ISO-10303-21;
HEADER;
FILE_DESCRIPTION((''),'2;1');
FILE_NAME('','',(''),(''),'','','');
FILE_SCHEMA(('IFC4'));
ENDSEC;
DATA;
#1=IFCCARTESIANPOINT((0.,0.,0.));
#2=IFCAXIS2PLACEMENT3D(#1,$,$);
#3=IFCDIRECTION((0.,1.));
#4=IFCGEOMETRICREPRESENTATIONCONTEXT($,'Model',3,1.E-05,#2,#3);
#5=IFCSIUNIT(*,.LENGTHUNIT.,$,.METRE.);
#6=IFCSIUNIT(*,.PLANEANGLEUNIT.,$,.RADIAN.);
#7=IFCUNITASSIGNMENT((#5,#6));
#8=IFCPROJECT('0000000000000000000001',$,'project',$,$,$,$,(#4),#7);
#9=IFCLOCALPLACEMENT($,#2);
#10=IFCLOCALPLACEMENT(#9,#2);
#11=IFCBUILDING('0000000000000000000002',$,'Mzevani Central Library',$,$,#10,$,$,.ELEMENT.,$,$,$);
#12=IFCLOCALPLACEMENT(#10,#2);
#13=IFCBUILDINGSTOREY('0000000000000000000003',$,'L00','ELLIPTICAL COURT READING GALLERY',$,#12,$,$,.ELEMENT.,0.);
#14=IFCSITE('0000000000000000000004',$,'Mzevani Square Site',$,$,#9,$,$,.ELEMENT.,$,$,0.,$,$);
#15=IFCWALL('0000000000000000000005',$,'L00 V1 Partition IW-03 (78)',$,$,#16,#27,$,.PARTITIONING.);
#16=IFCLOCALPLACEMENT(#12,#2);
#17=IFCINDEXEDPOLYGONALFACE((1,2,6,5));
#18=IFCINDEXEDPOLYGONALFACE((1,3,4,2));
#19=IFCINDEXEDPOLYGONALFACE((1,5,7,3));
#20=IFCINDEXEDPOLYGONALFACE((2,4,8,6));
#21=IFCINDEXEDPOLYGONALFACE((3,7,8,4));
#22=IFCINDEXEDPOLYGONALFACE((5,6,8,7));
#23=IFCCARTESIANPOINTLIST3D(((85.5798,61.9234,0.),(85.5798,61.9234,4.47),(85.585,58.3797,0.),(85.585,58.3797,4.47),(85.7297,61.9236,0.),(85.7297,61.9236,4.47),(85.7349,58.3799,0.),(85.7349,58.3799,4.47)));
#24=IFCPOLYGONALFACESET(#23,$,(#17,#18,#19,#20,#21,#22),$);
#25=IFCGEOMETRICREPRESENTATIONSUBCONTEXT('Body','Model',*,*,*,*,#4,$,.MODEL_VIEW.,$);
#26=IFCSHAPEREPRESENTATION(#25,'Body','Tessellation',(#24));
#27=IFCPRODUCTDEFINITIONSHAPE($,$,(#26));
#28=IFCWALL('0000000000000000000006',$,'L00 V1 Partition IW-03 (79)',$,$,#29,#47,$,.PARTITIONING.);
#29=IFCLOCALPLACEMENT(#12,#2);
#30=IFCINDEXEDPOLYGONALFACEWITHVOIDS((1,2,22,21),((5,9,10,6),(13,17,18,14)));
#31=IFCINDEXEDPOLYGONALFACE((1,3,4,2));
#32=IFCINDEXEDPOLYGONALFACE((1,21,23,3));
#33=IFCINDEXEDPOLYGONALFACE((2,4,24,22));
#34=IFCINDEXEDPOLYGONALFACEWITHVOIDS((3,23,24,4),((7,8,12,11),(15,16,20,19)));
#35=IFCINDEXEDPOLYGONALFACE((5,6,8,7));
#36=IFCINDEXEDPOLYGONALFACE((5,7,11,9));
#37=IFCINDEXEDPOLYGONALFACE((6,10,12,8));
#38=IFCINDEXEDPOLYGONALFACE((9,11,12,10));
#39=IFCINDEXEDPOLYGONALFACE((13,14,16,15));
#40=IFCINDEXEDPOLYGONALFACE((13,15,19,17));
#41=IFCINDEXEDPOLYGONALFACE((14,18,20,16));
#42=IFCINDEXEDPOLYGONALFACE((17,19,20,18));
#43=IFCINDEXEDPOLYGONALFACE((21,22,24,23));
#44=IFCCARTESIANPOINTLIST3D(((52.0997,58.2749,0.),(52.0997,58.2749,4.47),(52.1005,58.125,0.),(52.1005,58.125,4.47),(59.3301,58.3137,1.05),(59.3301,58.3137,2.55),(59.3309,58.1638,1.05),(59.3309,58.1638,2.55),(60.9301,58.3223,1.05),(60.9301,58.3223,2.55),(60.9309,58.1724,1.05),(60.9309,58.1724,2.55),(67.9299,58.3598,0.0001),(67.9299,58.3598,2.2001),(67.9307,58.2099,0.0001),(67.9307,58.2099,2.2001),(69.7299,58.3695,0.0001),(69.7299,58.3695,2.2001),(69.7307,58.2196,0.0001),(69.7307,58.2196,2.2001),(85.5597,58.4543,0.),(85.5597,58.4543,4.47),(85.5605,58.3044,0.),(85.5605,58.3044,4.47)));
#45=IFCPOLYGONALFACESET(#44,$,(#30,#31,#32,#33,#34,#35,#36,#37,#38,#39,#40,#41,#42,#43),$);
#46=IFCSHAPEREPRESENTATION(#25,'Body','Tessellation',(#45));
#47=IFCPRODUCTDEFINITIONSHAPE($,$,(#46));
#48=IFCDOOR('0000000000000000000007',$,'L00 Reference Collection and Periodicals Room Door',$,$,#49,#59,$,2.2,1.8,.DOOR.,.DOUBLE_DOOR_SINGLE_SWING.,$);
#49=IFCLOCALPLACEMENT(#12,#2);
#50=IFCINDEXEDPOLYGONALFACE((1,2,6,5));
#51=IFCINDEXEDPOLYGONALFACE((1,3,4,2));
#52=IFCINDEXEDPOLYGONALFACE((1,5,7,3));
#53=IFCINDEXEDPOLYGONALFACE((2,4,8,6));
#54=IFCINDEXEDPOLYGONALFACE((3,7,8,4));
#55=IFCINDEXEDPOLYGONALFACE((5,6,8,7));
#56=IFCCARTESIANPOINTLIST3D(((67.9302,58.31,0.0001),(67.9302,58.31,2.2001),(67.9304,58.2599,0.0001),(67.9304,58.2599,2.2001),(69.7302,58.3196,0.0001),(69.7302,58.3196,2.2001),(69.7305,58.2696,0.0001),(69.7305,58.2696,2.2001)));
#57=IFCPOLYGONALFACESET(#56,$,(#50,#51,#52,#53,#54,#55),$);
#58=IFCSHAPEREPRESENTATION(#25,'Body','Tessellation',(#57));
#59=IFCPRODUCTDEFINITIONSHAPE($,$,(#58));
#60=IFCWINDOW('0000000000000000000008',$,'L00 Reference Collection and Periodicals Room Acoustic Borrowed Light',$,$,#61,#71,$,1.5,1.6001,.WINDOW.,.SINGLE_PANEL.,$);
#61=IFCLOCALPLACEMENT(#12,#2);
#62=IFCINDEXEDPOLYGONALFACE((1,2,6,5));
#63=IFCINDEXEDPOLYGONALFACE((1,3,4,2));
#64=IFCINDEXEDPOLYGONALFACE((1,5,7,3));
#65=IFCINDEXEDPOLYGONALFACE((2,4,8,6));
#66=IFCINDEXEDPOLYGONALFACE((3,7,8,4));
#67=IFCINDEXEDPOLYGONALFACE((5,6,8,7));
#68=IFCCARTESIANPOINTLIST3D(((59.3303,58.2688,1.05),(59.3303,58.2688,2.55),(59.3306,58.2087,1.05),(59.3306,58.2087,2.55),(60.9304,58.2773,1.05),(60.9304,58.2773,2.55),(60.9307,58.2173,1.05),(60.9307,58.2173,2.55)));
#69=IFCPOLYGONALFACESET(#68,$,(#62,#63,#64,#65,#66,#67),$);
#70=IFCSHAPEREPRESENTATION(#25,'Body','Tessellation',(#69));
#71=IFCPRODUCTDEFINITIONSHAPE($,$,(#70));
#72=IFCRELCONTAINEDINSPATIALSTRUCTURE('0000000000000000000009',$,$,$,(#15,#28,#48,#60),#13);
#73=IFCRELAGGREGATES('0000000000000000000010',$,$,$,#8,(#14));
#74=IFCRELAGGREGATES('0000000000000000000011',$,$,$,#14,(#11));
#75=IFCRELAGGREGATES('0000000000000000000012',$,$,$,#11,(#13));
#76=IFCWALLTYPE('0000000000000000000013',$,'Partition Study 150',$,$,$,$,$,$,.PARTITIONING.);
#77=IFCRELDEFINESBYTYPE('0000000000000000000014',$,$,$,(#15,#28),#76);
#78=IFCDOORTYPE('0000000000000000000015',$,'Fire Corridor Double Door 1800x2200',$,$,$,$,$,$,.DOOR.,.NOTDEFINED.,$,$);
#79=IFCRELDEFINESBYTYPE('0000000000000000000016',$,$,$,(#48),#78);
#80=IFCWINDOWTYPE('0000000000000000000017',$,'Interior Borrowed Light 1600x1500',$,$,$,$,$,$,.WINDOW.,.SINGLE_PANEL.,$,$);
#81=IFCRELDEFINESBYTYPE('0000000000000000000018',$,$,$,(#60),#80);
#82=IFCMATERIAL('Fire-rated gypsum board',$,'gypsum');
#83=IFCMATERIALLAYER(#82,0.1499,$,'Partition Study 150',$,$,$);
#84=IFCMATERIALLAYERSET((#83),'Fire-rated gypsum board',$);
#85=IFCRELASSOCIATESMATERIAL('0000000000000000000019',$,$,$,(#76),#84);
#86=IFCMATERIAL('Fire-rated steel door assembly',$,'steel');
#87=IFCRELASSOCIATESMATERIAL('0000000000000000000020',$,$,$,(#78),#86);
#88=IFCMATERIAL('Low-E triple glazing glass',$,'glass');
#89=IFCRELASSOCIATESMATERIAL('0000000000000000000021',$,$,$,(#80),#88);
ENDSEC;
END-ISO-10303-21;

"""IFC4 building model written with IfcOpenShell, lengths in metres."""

from ifc_helpers import new_model, si_unit, direction, frame, frame_2d, origin, place, context, subcontext, project, spatial, rectangle, extrude, material, layer, layer_set, type_object, element, fill, save


model = new_model("IFC4")

# Units and contexts
model_context = context("Model", 3, precision=1e-05, world=origin(), true_north=direction((0.0, 1.0)))
body_context = subcontext(model_context, "Body", "Model", "MODEL_VIEW")
ifc_project = project(units=[si_unit("LENGTHUNIT", "METRE"), si_unit("PLANEANGLEUNIT", "RADIAN")], contexts=[model_context])

# Site, building, storey
site_placement = place(None, origin())
site = spatial("IfcSite", under=ifc_project, at=site_placement, Name="Mzevani Square Site", CompositionType="ELEMENT", RefElevation=0.0)
building_placement = place(site_placement, origin())
building = spatial("IfcBuilding", under=site, at=building_placement, Name="Mzevani Central Library", CompositionType="ELEMENT")
storey_placement = place(building_placement, origin())
storey = spatial("IfcBuildingStorey", under=building, at=storey_placement, Name="L00", Description="ELLIPTICAL COURT READING GALLERY", CompositionType="ELEMENT", Elevation=0.0)

# Shared definitions
ifc_material_1 = material(Name="Low-E triple glazing glass", Category="glass")

# Wall
ifc_material_2 = material(Name="Fire-rated gypsum board", Category="gypsum")
ifc_layer_1 = layer(ifc_material_2, 0.1499, Name="Partition Study 150")
ifc_layer_set_1 = layer_set([ifc_layer_1], Name="Fire-rated gypsum board")
wall_type_1 = type_object("IfcWallType", Name="Partition Study 150", PredefinedType="PARTITIONING", material=ifc_layer_set_1)
wall_1_placement = place(storey_placement, frame((85.6548, 61.9236, 0.0), z_axis=(0.0, 0.0, 1.0), x_axis=(0.001447, -0.999999, 0.0)))
element("IfcWall", 1, at=wall_1_placement, inside=storey, type_object=wall_type_1, Name="L00 V1 Partition IW-03 (78)", PredefinedType="PARTITIONING", context=body_context, shape_type="SweptSolid", body=[
    extrude(rectangle(XDim=3.5437, YDim=0.1499, at=frame_2d((1.772, 0.0))), origin(), (0.0, 0.0, 1.0), 4.47),
])

# Wall, openings, door, window
wall_2_placement = place(storey_placement, frame((85.5601, 58.3794, 0.0), z_axis=(0.0, 0.0, 1.0), x_axis=(-0.999986, -0.005363, 0.0)))
wall_2 = element("IfcWall", 2, at=wall_2_placement, inside=storey, type_object=wall_type_1, Name="L00 V1 Partition IW-03 (79)", PredefinedType="PARTITIONING", context=body_context, shape_type="SweptSolid", body=[
    extrude(rectangle(XDim=33.4604, YDim=0.1499, at=frame_2d((16.7302, 0.0))), origin(), (0.0, 0.0, 1.0), 4.47),
])
opening_1_placement = place(wall_2_placement, frame((15.8301, 0.0, 0.0)))
opening_1 = element("IfcOpeningElement", 3, at=opening_1_placement, cuts=wall_2, PredefinedType="OPENING", context=body_context, shape_type="SweptSolid", body=[
    extrude(rectangle(XDim=1.8, YDim=2.2, at=frame_2d((0.8999, 1.1001))), frame((0.0, 0.085, 0.0), z_axis=(0.0, -1.0, 0.0), x_axis=(1.0, 0.0, 0.0)), (0.0, 0.0, 1.0), 0.1699),
])
opening_2_placement = place(wall_2_placement, frame((24.6299, 0.0, 1.05)))
opening_2 = element("IfcOpeningElement", 4, at=opening_2_placement, cuts=wall_2, PredefinedType="OPENING", context=body_context, shape_type="SweptSolid", body=[
    extrude(rectangle(XDim=1.6001, YDim=1.5, at=frame_2d((0.8, 0.75))), frame((0.0, 0.085, 0.0), z_axis=(0.0, -1.0, 0.0), x_axis=(1.0, 0.0, 0.0)), (0.0, 0.0, 1.0), 0.1699),
])
ifc_material_3 = material(Name="Fire-rated steel door assembly", Category="steel")
door_type = type_object("IfcDoorType", Name="Fire Corridor Double Door 1800x2200", OperationType="NOTDEFINED", PredefinedType="DOOR", material=ifc_material_3)
door_placement = place(opening_1_placement, origin())
door = element("IfcDoor", 5, at=door_placement, inside=storey, type_object=door_type, Name="L00 Reference Collection and Periodicals Room Door", OperationType="DOUBLE_DOOR_SINGLE_SWING", OverallHeight=2.2, OverallWidth=1.8, PredefinedType="DOOR", context=body_context, shape_type="SweptSolid", body=[
    extrude(rectangle(XDim=1.8, YDim=2.2, at=frame_2d((0.8999, 1.1001))), frame((0.0, 0.0249, 0.0), z_axis=(0.0, -1.0, 0.0), x_axis=(1.0, 0.0, 0.0)), (0.0, 0.0, 1.0), 0.05),
])
fill(opening_1, door)
window_type = type_object("IfcWindowType", Name="Interior Borrowed Light 1600x1500", PartitioningType="SINGLE_PANEL", PredefinedType="WINDOW", material=ifc_material_1)
window_placement = place(opening_2_placement, origin())
window = element("IfcWindow", 6, at=window_placement, inside=storey, type_object=window_type, Name="L00 Reference Collection and Periodicals Room Acoustic Borrowed Light", OverallHeight=1.5, OverallWidth=1.6001, PartitioningType="SINGLE_PANEL", PredefinedType="WINDOW", context=body_context, shape_type="SweptSolid", body=[
    extrude(rectangle(XDim=1.6001, YDim=1.5, at=frame_2d((0.8, 0.75))), frame((0.0, 0.03, 0.0), z_axis=(0.0, -1.0, 0.0), x_axis=(1.0, 0.0, 0.0)), (0.0, 0.0, 1.0), 0.0601),
])
fill(opening_2, window)

save(model, "model.ifc")
